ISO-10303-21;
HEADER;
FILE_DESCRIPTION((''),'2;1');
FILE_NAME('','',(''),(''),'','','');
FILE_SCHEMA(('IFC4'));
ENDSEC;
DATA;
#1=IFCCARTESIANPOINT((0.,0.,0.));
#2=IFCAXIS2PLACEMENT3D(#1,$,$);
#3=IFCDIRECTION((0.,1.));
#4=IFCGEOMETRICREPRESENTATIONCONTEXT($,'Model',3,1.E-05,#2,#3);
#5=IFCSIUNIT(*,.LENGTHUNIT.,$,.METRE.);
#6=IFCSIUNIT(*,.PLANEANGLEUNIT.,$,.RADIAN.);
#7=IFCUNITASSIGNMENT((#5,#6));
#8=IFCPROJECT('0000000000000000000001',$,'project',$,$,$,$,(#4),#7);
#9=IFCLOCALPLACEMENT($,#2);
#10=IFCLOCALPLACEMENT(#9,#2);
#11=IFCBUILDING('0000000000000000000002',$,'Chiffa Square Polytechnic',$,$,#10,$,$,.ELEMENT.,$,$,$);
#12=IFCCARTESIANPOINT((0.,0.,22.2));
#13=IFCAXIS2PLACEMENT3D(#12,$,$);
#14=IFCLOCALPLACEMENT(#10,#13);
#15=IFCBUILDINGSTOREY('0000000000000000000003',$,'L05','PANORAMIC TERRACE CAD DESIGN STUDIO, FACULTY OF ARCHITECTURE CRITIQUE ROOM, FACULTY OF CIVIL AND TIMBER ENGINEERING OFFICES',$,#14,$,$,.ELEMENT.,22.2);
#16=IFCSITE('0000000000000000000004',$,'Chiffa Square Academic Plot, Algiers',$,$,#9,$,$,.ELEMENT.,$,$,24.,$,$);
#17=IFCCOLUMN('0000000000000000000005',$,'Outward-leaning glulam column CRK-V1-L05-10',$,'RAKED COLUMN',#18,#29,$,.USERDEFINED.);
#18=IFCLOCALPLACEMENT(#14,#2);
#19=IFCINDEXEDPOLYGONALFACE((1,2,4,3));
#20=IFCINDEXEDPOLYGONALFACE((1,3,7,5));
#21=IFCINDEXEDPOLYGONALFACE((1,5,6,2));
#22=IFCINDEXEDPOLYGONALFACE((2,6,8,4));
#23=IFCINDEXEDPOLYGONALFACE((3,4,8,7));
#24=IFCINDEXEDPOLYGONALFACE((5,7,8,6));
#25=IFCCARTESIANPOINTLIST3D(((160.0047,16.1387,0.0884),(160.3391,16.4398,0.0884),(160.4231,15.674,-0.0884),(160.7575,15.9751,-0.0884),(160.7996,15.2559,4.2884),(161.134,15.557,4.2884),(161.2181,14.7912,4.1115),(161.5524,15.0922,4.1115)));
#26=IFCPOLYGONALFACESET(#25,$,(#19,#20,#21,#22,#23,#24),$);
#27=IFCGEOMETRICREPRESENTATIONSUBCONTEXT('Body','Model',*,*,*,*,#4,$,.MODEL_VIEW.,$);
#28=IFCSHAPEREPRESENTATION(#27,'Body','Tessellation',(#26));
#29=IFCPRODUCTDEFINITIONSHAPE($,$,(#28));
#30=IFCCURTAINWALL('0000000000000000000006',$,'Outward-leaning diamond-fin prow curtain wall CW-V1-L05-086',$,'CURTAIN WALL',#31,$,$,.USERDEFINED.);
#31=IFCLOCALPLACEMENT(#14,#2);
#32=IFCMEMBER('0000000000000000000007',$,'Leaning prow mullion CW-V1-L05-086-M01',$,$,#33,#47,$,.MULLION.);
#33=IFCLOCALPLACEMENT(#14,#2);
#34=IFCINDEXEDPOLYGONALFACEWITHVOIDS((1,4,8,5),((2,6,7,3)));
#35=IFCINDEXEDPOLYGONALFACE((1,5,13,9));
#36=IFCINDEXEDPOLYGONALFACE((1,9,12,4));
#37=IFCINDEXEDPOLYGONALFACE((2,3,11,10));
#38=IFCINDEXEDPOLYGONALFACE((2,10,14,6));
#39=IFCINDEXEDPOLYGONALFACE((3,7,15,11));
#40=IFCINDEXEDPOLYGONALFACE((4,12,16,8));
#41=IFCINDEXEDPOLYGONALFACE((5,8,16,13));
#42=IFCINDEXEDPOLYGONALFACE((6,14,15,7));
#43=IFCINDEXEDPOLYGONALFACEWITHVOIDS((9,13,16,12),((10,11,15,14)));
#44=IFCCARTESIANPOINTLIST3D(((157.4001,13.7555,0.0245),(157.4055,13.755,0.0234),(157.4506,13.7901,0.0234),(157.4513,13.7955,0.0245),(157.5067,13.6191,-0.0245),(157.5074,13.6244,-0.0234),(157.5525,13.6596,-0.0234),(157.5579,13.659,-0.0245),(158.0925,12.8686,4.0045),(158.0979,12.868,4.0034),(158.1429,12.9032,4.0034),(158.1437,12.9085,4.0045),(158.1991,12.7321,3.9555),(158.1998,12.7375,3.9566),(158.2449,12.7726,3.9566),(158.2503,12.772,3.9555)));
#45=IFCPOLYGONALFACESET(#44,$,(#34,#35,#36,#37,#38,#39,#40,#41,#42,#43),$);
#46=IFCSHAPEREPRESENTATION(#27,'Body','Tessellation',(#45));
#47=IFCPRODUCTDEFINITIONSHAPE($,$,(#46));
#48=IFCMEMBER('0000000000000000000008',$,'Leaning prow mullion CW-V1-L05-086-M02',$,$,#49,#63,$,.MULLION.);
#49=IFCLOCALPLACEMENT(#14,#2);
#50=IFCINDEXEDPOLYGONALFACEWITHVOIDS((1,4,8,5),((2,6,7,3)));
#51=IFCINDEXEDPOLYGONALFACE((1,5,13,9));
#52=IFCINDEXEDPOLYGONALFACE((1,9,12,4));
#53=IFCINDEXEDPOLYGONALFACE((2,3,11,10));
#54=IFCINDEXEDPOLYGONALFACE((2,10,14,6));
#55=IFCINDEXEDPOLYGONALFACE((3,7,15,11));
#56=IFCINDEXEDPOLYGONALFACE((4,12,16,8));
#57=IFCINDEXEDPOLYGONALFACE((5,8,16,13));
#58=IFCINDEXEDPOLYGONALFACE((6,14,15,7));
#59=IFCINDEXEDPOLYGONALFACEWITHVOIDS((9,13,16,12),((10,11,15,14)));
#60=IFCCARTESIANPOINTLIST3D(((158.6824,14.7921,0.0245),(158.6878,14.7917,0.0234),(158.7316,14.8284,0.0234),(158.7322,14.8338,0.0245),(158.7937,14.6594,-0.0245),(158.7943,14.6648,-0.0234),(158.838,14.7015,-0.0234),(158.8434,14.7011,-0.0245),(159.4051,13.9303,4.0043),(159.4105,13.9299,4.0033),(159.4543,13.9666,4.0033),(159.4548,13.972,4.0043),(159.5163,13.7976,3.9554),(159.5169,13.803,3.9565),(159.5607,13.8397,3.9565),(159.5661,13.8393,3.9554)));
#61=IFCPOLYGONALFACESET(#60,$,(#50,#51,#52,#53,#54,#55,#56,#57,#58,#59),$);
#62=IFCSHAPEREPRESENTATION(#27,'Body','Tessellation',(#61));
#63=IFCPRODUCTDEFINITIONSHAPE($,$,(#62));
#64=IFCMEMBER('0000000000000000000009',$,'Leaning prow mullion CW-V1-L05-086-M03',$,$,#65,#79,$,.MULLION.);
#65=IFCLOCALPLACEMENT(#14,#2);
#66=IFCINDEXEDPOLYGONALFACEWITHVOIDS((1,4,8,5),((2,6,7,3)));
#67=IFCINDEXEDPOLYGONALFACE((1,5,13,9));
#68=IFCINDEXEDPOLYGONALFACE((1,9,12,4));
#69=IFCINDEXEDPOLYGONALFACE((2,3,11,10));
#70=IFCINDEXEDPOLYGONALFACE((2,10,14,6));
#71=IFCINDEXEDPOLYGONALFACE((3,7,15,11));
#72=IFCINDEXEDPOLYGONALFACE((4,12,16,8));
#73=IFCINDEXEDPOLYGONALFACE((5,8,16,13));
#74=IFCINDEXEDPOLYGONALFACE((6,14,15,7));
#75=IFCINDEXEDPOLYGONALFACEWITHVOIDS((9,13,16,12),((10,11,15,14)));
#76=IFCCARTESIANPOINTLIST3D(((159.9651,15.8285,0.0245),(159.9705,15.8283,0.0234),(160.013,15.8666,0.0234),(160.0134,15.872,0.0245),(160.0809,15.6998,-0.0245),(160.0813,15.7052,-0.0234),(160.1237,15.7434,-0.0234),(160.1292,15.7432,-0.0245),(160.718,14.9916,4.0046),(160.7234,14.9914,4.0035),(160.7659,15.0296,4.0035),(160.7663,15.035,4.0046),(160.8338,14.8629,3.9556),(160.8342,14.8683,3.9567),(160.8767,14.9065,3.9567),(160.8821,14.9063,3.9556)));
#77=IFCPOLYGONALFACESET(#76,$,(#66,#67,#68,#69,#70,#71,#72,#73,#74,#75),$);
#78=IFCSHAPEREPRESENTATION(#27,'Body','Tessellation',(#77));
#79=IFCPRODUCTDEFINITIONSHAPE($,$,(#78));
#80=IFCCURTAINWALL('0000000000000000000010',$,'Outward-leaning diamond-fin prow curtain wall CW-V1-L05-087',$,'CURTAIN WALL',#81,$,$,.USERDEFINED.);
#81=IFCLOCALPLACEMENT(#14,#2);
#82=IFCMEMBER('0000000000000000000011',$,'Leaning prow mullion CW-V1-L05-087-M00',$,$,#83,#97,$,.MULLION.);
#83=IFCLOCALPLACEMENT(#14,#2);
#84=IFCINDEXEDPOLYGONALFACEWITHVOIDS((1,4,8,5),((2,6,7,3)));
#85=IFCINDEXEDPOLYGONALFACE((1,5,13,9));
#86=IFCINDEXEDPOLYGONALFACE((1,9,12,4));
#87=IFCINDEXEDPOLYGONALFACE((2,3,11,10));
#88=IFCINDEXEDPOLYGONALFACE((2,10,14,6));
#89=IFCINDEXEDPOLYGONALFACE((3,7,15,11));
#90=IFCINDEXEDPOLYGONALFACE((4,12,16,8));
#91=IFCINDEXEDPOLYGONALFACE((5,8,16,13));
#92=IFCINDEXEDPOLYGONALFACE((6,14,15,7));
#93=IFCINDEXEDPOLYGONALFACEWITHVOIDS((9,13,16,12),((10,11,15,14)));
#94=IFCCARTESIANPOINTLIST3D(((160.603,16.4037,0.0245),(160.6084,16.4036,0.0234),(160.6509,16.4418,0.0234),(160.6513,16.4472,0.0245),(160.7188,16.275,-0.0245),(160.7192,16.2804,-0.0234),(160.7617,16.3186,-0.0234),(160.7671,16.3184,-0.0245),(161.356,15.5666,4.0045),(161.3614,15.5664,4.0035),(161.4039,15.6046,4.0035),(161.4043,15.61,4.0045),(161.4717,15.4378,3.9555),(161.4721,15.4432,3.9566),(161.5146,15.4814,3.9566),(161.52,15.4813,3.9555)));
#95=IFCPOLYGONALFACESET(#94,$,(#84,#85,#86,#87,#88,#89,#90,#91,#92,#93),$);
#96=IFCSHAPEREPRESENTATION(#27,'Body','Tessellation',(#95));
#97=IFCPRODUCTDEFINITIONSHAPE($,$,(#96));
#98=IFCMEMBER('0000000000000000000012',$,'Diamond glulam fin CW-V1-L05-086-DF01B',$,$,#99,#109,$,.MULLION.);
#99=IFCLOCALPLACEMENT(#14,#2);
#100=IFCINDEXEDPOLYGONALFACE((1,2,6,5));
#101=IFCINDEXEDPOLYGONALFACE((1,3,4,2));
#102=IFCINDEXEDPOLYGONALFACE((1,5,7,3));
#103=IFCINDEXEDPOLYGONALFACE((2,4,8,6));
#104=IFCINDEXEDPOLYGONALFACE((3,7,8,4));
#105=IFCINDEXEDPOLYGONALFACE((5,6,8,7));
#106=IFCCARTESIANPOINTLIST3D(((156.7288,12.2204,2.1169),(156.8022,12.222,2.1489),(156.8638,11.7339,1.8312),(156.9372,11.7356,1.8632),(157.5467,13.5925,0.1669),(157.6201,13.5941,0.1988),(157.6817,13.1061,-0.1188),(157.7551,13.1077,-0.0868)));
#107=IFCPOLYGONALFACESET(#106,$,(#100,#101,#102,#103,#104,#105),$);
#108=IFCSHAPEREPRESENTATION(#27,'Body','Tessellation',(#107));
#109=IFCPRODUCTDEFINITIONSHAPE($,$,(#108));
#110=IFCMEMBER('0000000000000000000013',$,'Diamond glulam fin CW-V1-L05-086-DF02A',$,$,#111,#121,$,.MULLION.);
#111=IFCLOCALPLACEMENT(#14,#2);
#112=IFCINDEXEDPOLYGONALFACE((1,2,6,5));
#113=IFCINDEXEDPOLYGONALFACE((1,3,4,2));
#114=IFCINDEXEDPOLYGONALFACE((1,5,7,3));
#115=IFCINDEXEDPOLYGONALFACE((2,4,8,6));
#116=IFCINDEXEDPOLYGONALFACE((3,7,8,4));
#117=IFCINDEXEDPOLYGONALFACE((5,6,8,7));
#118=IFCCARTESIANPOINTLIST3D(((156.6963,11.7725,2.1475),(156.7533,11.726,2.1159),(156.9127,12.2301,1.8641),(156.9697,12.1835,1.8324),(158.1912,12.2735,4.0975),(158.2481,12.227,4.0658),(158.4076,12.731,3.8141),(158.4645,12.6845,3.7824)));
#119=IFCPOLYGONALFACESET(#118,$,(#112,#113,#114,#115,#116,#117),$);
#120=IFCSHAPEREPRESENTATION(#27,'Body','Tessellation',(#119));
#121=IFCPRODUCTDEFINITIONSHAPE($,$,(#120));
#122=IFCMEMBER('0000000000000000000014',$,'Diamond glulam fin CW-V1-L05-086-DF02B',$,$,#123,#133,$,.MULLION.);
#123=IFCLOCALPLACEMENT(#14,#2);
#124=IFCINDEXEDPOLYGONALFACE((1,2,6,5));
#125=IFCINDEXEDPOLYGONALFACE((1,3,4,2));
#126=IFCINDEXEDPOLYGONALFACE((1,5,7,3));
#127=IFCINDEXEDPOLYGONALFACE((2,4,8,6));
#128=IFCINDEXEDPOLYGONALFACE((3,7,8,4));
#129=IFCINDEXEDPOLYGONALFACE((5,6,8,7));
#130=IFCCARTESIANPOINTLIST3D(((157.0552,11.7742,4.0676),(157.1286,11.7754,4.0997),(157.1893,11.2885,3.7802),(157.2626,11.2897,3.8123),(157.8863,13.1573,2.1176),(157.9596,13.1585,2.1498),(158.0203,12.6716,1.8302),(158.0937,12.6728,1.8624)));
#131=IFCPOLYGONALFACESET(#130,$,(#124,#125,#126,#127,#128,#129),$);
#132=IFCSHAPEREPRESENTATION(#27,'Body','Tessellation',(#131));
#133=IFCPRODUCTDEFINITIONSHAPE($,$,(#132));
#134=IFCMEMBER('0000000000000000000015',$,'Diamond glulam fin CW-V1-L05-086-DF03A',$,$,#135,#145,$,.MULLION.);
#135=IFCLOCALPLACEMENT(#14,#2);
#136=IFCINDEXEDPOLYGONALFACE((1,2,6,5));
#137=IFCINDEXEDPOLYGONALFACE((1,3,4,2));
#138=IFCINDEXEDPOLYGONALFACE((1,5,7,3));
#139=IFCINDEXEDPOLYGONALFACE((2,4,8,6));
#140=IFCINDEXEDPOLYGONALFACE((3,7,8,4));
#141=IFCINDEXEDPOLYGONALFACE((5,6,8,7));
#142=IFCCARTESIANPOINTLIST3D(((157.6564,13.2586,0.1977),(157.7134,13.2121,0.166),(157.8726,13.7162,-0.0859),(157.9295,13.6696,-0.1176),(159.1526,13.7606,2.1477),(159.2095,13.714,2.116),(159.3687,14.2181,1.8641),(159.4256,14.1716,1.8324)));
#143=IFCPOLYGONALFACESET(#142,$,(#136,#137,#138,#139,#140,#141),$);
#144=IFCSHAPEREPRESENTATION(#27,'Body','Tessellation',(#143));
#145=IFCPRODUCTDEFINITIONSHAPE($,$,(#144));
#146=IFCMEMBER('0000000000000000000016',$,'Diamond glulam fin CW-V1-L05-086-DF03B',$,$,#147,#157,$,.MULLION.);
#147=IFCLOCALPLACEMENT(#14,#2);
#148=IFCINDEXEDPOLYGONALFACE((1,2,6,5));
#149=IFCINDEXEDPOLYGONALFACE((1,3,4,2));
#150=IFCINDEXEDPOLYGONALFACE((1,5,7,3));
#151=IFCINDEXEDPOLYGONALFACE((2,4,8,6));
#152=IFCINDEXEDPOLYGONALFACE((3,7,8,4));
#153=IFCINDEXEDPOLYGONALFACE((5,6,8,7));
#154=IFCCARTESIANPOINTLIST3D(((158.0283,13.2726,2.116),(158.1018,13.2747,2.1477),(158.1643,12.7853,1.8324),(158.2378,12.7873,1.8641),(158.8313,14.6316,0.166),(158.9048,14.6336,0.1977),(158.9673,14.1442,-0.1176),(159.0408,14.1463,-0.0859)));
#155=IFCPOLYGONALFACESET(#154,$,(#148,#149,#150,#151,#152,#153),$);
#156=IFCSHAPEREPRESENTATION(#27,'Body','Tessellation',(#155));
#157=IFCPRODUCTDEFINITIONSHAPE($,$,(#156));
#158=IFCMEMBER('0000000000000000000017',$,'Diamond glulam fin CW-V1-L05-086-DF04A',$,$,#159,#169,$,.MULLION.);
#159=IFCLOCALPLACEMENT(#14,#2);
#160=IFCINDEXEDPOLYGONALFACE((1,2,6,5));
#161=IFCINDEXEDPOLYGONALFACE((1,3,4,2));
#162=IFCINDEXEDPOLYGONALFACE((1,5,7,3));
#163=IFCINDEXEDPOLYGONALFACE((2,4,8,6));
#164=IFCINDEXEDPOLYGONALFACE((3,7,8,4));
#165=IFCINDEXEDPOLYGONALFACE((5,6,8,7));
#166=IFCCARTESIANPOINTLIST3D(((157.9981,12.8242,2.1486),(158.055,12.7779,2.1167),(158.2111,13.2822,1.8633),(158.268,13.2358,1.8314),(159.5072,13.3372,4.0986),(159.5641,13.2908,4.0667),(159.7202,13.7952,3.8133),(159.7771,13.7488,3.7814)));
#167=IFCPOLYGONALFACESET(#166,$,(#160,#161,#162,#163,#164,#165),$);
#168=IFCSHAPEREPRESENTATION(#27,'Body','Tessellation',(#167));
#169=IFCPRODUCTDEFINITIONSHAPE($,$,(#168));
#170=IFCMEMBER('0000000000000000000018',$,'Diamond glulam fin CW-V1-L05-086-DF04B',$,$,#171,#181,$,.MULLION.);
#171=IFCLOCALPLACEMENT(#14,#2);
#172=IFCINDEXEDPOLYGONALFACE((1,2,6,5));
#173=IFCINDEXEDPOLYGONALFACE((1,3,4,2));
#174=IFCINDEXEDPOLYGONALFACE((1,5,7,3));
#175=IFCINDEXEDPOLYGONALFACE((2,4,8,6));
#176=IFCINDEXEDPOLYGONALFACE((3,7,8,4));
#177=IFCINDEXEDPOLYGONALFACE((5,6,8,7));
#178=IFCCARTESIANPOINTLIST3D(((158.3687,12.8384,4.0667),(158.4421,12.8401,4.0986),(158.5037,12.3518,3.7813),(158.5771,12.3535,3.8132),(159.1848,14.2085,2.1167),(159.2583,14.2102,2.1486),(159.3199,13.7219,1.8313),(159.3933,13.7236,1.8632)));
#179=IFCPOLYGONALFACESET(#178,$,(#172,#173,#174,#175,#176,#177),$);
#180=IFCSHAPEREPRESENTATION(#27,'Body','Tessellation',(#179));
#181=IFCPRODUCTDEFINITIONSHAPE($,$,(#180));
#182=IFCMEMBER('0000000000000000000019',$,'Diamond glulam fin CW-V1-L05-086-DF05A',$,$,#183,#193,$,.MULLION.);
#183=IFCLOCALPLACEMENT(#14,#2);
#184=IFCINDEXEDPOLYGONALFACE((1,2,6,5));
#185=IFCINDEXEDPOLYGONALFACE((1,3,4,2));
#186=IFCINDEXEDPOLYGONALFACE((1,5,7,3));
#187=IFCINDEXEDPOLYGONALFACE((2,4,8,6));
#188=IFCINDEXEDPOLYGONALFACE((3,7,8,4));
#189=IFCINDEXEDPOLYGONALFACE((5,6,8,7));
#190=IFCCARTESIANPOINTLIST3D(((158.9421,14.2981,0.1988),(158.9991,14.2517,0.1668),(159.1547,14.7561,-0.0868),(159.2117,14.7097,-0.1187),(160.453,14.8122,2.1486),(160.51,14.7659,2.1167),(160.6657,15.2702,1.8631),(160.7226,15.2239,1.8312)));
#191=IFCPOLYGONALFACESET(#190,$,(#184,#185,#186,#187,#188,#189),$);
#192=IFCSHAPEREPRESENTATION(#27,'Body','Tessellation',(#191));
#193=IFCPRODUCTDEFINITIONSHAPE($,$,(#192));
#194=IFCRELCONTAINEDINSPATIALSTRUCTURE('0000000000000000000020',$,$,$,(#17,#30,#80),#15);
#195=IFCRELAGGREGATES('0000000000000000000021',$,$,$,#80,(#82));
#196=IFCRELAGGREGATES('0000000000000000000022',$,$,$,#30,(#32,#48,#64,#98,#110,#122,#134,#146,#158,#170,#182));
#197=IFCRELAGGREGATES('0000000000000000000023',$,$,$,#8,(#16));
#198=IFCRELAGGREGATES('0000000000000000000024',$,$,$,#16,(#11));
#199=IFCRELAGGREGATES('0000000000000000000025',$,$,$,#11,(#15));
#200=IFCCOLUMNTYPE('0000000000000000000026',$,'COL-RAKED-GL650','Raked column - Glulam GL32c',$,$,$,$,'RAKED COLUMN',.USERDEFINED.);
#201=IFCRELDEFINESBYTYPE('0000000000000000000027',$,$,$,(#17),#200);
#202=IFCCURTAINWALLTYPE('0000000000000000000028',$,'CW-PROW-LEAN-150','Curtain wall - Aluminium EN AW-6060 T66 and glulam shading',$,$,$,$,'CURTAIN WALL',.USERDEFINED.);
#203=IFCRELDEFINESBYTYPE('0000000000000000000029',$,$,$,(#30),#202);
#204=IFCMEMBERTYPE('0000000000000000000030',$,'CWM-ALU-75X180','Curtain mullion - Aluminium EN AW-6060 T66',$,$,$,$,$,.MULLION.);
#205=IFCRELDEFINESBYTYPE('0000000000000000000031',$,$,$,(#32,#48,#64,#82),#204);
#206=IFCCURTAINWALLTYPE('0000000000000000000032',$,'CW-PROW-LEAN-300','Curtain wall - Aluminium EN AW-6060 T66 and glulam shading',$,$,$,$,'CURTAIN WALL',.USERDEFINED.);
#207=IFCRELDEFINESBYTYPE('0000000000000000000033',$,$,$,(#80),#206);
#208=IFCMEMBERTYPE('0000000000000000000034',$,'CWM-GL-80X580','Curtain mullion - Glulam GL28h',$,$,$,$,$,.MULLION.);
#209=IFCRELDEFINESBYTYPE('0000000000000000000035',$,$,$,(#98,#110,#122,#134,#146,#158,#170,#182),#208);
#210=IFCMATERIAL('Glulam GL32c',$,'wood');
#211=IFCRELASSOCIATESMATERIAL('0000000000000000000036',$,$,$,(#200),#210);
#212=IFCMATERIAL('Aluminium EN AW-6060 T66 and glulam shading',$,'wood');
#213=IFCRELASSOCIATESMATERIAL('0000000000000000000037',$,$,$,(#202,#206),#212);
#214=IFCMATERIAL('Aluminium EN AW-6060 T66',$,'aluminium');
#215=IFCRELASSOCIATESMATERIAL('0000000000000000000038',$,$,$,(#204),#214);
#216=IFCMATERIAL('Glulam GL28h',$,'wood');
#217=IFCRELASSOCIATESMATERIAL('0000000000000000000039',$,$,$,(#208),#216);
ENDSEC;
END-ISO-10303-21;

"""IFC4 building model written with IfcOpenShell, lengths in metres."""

from ifc_helpers import new_model, si_unit, direction, frame, origin, origin_2d, place, context, subcontext, project, spatial, rectangle, hollow_rectangle, extrude, material, material_profile, profile_set, type_object, element, aggregate, save


model = new_model("IFC4")

# Units and contexts
model_context = context("Model", 3, precision=1e-05, world=origin(), true_north=direction((0.0, 1.0)))
body_context = subcontext(model_context, "Body", "Model", "MODEL_VIEW")
ifc_project = project(units=[si_unit("LENGTHUNIT", "METRE"), si_unit("PLANEANGLEUNIT", "RADIAN")], contexts=[model_context])

# Site, building, storey
site_placement = place(None, origin())
site = spatial("IfcSite", under=ifc_project, at=site_placement, Name="Chiffa Square Academic Plot, Algiers", CompositionType="ELEMENT", RefElevation=24.0)
building_placement = place(site_placement, origin())
building = spatial("IfcBuilding", under=site, at=building_placement, Name="Chiffa Square Polytechnic", CompositionType="ELEMENT")
storey_placement = place(building_placement, frame((0.0, 0.0, 22.2)))
storey = spatial("IfcBuildingStorey", under=building, at=storey_placement, Name="L05", Description="PANORAMIC TERRACE CAD DESIGN STUDIO, FACULTY OF ARCHITECTURE CRITIQUE ROOM, FACULTY OF CIVIL AND TIMBER ENGINEERING OFFICES", CompositionType="ELEMENT", Elevation=22.2)

# Column
ifc_material_1 = material(Name="Glulam GL32c", Category="wood")
ifc_material_profile_1 = material_profile(ifc_material_1, rectangle(XDim=0.45, YDim=0.6499, at=origin_2d()), Name="GL32c 450x650")
ifc_profile_set_1 = profile_set([ifc_material_profile_1], Name="Glulam GL32c")
column_type = type_object("IfcColumnType", Name="COL-RAKED-GL650", Description="Raked column - Glulam GL32c", ElementType="RAKED COLUMN", PredefinedType="USERDEFINED", material=ifc_profile_set_1)
column_placement = place(storey_placement, frame((160.3811, 16.0569, 0.0), z_axis=(0.182124, -0.202261, 0.962248), x_axis=(0.743131, 0.669146, 0.0)))
element("IfcColumn", 1, at=column_placement, inside=storey, type_object=column_type, Name="Outward-leaning glulam column CRK-V1-L05-10", ObjectType="RAKED COLUMN", PredefinedType="USERDEFINED", context=body_context, shape_type="SweptSolid", body=[
    extrude(rectangle(XDim=0.45, YDim=0.6499, at=origin_2d()), origin(), (0.0, 0.0, 1.0), 4.3647),
])

# Curtain wall, members
ifc_material_2 = material(Name="Aluminium EN AW-6060 T66 and glulam shading", Category="wood")
curtain_wall_type_1 = type_object("IfcCurtainWallType", Name="CW-PROW-LEAN-150", Description="Curtain wall - Aluminium EN AW-6060 T66 and glulam shading", ElementType="CURTAIN WALL", PredefinedType="USERDEFINED", material=ifc_material_2)
curtain_wall_1_placement = place(storey_placement, origin())
curtain_wall_1 = element("IfcCurtainWall", 2, at=curtain_wall_1_placement, inside=storey, type_object=curtain_wall_type_1, Name="Outward-leaning diamond-fin prow curtain wall CW-V1-L05-086", ObjectType="CURTAIN WALL", PredefinedType="USERDEFINED")
ifc_material_3 = material(Name="Aluminium EN AW-6060 T66", Category="aluminium")
ifc_material_profile_2 = material_profile(ifc_material_3, hollow_rectangle(XDim=0.0649, YDim=0.1799, WallThickness=0.0039, at=origin_2d()), Name="ALU 65x180x4")
ifc_profile_set_2 = profile_set([ifc_material_profile_2], Name="Aluminium EN AW-6060 T66")
member_type_1 = type_object("IfcMemberType", Name="CWM-ALU-75X180", Description="Curtain mullion - Aluminium EN AW-6060 T66", PredefinedType="MULLION", material=ifc_profile_set_2)
member_1_placement = place(storey_placement, frame((157.479, 13.7073, 0.0), z_axis=(0.167405, -0.21445, 0.962282), x_axis=(0.788264, 0.615337, 0.0)))
member_1 = element("IfcMember", 3, at=member_1_placement, type_object=member_type_1, Name="Leaning prow mullion CW-V1-L05-086-M01", PredefinedType="MULLION", context=body_context, shape_type="SweptSolid", body=[
    extrude(hollow_rectangle(XDim=0.0649, YDim=0.1799, WallThickness=0.0039, at=origin_2d()), origin(), (0.0, 0.0, 1.0), 4.136),
])
member_2_placement = place(storey_placement, frame((158.7629, 14.7466, 0.0), z_axis=(0.17473, -0.208377, 0.962314), x_axis=(0.76626, 0.64253, 0.0)))
member_2 = element("IfcMember", 4, at=member_2_placement, type_object=member_type_1, Name="Leaning prow mullion CW-V1-L05-086-M02", PredefinedType="MULLION", context=body_context, shape_type="SweptSolid", body=[
    extrude(hollow_rectangle(XDim=0.0649, YDim=0.1799, WallThickness=0.0039, at=origin_2d()), origin(), (0.0, 0.0, 1.0), 4.1357),
])
member_3_placement = place(storey_placement, frame((160.0471, 15.7859, 0.0), z_axis=(0.182037, -0.202342, 0.962247), x_axis=(0.743424, 0.668821, 0.0)))
member_3 = element("IfcMember", 5, at=member_3_placement, type_object=member_type_1, Name="Leaning prow mullion CW-V1-L05-086-M03", PredefinedType="MULLION", context=body_context, shape_type="SweptSolid", body=[
    extrude(hollow_rectangle(XDim=0.0649, YDim=0.1799, WallThickness=0.0039, at=origin_2d()), origin(), (0.0, 0.0, 1.0), 4.1362),
])

# Curtain wall, member
curtain_wall_type_2 = type_object("IfcCurtainWallType", Name="CW-PROW-LEAN-300", Description="Curtain wall - Aluminium EN AW-6060 T66 and glulam shading", ElementType="CURTAIN WALL", PredefinedType="USERDEFINED", material=ifc_material_2)
curtain_wall_2_placement = place(storey_placement, origin())
curtain_wall_2 = element("IfcCurtainWall", 6, at=curtain_wall_2_placement, inside=storey, type_object=curtain_wall_type_2, Name="Outward-leaning diamond-fin prow curtain wall CW-V1-L05-087", ObjectType="CURTAIN WALL", PredefinedType="USERDEFINED")
member_4_placement = place(storey_placement, frame((160.6851, 16.3611, 0.0), z_axis=(0.182035, -0.202399, 0.962236), x_axis=(0.743521, 0.668713, 0.0)))
member_4 = element("IfcMember", 7, at=member_4_placement, type_object=member_type_1, Name="Leaning prow mullion CW-V1-L05-087-M00", PredefinedType="MULLION", context=body_context, shape_type="SweptSolid", body=[
    extrude(hollow_rectangle(XDim=0.0649, YDim=0.1799, WallThickness=0.0039, at=origin_2d()), origin(), (0.0, 0.0, 1.0), 4.1362),
])

# Members
ifc_material_4 = material(Name="Glulam GL28h", Category="wood")
ifc_material_profile_3 = material_profile(ifc_material_4, rectangle(XDim=0.0801, YDim=0.5801, at=origin_2d()), Name="GL28h 80x580")
ifc_profile_set_3 = profile_set([ifc_material_profile_3], Name="Glulam GL28h")
member_type_2 = type_object("IfcMemberType", Name="CWM-GL-80X580", Description="Curtain mullion - Glulam GL28h", PredefinedType="MULLION", material=ifc_profile_set_3)
member_5_placement = place(storey_placement, frame((157.6509, 13.3501, 0.04), z_axis=(-0.324465, -0.544327, 0.773583), x_axis=(0.916815, 0.02026, 0.398797)))
member_5 = element("IfcMember", 8, at=member_5_placement, type_object=member_type_2, Name="Diamond glulam fin CW-V1-L05-086-DF01B", PredefinedType="MULLION", context=body_context, shape_type="SweptSolid", body=[
    extrude(rectangle(XDim=0.0801, YDim=0.5801, at=origin_2d()), origin(), (0.0, 0.0, 1.0), 2.5208),
])
member_6_placement = place(storey_placement, frame((156.833, 11.978, 1.99), z_axis=(0.596143, 0.199785, 0.777624), x_axis=(-0.710957, 0.581363, 0.395672)))
member_6 = element("IfcMember", 9, at=member_6_placement, type_object=member_type_2, Name="Diamond glulam fin CW-V1-L05-086-DF02A", PredefinedType="MULLION", context=body_context, shape_type="SweptSolid", body=[
    extrude(rectangle(XDim=0.0801, YDim=0.5801, at=origin_2d()), origin(), (0.0, 0.0, 1.0), 2.5076),
])
member_7_placement = place(storey_placement, frame((157.99, 12.915, 1.99), z_axis=(-0.328354, -0.546453, 0.770436), x_axis=(0.915861, 0.015324, 0.401202)))
member_7 = element("IfcMember", 10, at=member_7_placement, type_object=member_type_2, Name="Diamond glulam fin CW-V1-L05-086-DF02B", PredefinedType="MULLION", context=body_context, shape_type="SweptSolid", body=[
    extrude(rectangle(XDim=0.0801, YDim=0.5801, at=origin_2d()), origin(), (0.0, 0.0, 1.0), 2.531),
])
member_8_placement = place(storey_placement, frame((157.793, 13.4641, 0.04), z_axis=(0.59641, 0.200101, 0.777338), x_axis=(-0.710985, 0.581178, 0.395895)))
member_8 = element("IfcMember", 11, at=member_8_placement, type_object=member_type_2, Name="Diamond glulam fin CW-V1-L05-086-DF03A", PredefinedType="MULLION", context=body_context, shape_type="SweptSolid", body=[
    extrude(rectangle(XDim=0.0801, YDim=0.5801, at=origin_2d()), origin(), (0.0, 0.0, 1.0), 2.5085),
])
member_9_placement = place(storey_placement, frame((158.936, 14.3889, 0.04), z_axis=(-0.320075, -0.541666, 0.777271), x_axis=(0.917912, 0.025767, 0.395947)))
member_9 = element("IfcMember", 12, at=member_9_placement, type_object=member_type_2, Name="Diamond glulam fin CW-V1-L05-086-DF03B", PredefinedType="MULLION", context=body_context, shape_type="SweptSolid", body=[
    extrude(rectangle(XDim=0.0801, YDim=0.5801, at=origin_2d()), origin(), (0.0, 0.0, 1.0), 2.5088),
])
member_10_placement = place(storey_placement, frame((158.1331, 13.03, 1.99), z_axis=(0.599191, 0.203673, 0.774266), x_axis=(-0.711446, 0.578986, 0.398272)))
member_10 = element("IfcMember", 13, at=member_10_placement, type_object=member_type_2, Name="Diamond glulam fin CW-V1-L05-086-DF04A", PredefinedType="MULLION", context=body_context, shape_type="SweptSolid", body=[
    extrude(rectangle(XDim=0.0801, YDim=0.5801, at=origin_2d()), origin(), (0.0, 0.0, 1.0), 2.5186),
])
member_11_placement = place(storey_placement, frame((159.2891, 13.9661, 1.99), z_axis=(-0.323995, -0.543901, 0.77408), x_axis=(0.916969, 0.020797, 0.398415)))
member_11 = element("IfcMember", 14, at=member_11_placement, type_object=member_type_2, Name="Diamond glulam fin CW-V1-L05-086-DF04B", PredefinedType="MULLION", context=body_context, shape_type="SweptSolid", body=[
    extrude(rectangle(XDim=0.0801, YDim=0.5801, at=origin_2d()), origin(), (0.0, 0.0, 1.0), 2.519),
])
member_12_placement = place(storey_placement, frame((159.0769, 14.5039, 0.04), z_axis=(0.599628, 0.204042, 0.77383), x_axis=(-0.711377, 0.578839, 0.398608)))
member_12 = element("IfcMember", 15, at=member_12_placement, type_object=member_type_2, Name="Diamond glulam fin CW-V1-L05-086-DF05A", PredefinedType="MULLION", context=body_context, shape_type="SweptSolid", body=[
    extrude(rectangle(XDim=0.0801, YDim=0.5801, at=origin_2d()), origin(), (0.0, 0.0, 1.0), 2.5198),
])
aggregate(curtain_wall_2, [member_4])

aggregate(curtain_wall_1, [member_1, member_2, member_3, member_5, member_6, member_7, member_8, member_9, member_10, member_11, member_12])

save(model, "model.ifc")
